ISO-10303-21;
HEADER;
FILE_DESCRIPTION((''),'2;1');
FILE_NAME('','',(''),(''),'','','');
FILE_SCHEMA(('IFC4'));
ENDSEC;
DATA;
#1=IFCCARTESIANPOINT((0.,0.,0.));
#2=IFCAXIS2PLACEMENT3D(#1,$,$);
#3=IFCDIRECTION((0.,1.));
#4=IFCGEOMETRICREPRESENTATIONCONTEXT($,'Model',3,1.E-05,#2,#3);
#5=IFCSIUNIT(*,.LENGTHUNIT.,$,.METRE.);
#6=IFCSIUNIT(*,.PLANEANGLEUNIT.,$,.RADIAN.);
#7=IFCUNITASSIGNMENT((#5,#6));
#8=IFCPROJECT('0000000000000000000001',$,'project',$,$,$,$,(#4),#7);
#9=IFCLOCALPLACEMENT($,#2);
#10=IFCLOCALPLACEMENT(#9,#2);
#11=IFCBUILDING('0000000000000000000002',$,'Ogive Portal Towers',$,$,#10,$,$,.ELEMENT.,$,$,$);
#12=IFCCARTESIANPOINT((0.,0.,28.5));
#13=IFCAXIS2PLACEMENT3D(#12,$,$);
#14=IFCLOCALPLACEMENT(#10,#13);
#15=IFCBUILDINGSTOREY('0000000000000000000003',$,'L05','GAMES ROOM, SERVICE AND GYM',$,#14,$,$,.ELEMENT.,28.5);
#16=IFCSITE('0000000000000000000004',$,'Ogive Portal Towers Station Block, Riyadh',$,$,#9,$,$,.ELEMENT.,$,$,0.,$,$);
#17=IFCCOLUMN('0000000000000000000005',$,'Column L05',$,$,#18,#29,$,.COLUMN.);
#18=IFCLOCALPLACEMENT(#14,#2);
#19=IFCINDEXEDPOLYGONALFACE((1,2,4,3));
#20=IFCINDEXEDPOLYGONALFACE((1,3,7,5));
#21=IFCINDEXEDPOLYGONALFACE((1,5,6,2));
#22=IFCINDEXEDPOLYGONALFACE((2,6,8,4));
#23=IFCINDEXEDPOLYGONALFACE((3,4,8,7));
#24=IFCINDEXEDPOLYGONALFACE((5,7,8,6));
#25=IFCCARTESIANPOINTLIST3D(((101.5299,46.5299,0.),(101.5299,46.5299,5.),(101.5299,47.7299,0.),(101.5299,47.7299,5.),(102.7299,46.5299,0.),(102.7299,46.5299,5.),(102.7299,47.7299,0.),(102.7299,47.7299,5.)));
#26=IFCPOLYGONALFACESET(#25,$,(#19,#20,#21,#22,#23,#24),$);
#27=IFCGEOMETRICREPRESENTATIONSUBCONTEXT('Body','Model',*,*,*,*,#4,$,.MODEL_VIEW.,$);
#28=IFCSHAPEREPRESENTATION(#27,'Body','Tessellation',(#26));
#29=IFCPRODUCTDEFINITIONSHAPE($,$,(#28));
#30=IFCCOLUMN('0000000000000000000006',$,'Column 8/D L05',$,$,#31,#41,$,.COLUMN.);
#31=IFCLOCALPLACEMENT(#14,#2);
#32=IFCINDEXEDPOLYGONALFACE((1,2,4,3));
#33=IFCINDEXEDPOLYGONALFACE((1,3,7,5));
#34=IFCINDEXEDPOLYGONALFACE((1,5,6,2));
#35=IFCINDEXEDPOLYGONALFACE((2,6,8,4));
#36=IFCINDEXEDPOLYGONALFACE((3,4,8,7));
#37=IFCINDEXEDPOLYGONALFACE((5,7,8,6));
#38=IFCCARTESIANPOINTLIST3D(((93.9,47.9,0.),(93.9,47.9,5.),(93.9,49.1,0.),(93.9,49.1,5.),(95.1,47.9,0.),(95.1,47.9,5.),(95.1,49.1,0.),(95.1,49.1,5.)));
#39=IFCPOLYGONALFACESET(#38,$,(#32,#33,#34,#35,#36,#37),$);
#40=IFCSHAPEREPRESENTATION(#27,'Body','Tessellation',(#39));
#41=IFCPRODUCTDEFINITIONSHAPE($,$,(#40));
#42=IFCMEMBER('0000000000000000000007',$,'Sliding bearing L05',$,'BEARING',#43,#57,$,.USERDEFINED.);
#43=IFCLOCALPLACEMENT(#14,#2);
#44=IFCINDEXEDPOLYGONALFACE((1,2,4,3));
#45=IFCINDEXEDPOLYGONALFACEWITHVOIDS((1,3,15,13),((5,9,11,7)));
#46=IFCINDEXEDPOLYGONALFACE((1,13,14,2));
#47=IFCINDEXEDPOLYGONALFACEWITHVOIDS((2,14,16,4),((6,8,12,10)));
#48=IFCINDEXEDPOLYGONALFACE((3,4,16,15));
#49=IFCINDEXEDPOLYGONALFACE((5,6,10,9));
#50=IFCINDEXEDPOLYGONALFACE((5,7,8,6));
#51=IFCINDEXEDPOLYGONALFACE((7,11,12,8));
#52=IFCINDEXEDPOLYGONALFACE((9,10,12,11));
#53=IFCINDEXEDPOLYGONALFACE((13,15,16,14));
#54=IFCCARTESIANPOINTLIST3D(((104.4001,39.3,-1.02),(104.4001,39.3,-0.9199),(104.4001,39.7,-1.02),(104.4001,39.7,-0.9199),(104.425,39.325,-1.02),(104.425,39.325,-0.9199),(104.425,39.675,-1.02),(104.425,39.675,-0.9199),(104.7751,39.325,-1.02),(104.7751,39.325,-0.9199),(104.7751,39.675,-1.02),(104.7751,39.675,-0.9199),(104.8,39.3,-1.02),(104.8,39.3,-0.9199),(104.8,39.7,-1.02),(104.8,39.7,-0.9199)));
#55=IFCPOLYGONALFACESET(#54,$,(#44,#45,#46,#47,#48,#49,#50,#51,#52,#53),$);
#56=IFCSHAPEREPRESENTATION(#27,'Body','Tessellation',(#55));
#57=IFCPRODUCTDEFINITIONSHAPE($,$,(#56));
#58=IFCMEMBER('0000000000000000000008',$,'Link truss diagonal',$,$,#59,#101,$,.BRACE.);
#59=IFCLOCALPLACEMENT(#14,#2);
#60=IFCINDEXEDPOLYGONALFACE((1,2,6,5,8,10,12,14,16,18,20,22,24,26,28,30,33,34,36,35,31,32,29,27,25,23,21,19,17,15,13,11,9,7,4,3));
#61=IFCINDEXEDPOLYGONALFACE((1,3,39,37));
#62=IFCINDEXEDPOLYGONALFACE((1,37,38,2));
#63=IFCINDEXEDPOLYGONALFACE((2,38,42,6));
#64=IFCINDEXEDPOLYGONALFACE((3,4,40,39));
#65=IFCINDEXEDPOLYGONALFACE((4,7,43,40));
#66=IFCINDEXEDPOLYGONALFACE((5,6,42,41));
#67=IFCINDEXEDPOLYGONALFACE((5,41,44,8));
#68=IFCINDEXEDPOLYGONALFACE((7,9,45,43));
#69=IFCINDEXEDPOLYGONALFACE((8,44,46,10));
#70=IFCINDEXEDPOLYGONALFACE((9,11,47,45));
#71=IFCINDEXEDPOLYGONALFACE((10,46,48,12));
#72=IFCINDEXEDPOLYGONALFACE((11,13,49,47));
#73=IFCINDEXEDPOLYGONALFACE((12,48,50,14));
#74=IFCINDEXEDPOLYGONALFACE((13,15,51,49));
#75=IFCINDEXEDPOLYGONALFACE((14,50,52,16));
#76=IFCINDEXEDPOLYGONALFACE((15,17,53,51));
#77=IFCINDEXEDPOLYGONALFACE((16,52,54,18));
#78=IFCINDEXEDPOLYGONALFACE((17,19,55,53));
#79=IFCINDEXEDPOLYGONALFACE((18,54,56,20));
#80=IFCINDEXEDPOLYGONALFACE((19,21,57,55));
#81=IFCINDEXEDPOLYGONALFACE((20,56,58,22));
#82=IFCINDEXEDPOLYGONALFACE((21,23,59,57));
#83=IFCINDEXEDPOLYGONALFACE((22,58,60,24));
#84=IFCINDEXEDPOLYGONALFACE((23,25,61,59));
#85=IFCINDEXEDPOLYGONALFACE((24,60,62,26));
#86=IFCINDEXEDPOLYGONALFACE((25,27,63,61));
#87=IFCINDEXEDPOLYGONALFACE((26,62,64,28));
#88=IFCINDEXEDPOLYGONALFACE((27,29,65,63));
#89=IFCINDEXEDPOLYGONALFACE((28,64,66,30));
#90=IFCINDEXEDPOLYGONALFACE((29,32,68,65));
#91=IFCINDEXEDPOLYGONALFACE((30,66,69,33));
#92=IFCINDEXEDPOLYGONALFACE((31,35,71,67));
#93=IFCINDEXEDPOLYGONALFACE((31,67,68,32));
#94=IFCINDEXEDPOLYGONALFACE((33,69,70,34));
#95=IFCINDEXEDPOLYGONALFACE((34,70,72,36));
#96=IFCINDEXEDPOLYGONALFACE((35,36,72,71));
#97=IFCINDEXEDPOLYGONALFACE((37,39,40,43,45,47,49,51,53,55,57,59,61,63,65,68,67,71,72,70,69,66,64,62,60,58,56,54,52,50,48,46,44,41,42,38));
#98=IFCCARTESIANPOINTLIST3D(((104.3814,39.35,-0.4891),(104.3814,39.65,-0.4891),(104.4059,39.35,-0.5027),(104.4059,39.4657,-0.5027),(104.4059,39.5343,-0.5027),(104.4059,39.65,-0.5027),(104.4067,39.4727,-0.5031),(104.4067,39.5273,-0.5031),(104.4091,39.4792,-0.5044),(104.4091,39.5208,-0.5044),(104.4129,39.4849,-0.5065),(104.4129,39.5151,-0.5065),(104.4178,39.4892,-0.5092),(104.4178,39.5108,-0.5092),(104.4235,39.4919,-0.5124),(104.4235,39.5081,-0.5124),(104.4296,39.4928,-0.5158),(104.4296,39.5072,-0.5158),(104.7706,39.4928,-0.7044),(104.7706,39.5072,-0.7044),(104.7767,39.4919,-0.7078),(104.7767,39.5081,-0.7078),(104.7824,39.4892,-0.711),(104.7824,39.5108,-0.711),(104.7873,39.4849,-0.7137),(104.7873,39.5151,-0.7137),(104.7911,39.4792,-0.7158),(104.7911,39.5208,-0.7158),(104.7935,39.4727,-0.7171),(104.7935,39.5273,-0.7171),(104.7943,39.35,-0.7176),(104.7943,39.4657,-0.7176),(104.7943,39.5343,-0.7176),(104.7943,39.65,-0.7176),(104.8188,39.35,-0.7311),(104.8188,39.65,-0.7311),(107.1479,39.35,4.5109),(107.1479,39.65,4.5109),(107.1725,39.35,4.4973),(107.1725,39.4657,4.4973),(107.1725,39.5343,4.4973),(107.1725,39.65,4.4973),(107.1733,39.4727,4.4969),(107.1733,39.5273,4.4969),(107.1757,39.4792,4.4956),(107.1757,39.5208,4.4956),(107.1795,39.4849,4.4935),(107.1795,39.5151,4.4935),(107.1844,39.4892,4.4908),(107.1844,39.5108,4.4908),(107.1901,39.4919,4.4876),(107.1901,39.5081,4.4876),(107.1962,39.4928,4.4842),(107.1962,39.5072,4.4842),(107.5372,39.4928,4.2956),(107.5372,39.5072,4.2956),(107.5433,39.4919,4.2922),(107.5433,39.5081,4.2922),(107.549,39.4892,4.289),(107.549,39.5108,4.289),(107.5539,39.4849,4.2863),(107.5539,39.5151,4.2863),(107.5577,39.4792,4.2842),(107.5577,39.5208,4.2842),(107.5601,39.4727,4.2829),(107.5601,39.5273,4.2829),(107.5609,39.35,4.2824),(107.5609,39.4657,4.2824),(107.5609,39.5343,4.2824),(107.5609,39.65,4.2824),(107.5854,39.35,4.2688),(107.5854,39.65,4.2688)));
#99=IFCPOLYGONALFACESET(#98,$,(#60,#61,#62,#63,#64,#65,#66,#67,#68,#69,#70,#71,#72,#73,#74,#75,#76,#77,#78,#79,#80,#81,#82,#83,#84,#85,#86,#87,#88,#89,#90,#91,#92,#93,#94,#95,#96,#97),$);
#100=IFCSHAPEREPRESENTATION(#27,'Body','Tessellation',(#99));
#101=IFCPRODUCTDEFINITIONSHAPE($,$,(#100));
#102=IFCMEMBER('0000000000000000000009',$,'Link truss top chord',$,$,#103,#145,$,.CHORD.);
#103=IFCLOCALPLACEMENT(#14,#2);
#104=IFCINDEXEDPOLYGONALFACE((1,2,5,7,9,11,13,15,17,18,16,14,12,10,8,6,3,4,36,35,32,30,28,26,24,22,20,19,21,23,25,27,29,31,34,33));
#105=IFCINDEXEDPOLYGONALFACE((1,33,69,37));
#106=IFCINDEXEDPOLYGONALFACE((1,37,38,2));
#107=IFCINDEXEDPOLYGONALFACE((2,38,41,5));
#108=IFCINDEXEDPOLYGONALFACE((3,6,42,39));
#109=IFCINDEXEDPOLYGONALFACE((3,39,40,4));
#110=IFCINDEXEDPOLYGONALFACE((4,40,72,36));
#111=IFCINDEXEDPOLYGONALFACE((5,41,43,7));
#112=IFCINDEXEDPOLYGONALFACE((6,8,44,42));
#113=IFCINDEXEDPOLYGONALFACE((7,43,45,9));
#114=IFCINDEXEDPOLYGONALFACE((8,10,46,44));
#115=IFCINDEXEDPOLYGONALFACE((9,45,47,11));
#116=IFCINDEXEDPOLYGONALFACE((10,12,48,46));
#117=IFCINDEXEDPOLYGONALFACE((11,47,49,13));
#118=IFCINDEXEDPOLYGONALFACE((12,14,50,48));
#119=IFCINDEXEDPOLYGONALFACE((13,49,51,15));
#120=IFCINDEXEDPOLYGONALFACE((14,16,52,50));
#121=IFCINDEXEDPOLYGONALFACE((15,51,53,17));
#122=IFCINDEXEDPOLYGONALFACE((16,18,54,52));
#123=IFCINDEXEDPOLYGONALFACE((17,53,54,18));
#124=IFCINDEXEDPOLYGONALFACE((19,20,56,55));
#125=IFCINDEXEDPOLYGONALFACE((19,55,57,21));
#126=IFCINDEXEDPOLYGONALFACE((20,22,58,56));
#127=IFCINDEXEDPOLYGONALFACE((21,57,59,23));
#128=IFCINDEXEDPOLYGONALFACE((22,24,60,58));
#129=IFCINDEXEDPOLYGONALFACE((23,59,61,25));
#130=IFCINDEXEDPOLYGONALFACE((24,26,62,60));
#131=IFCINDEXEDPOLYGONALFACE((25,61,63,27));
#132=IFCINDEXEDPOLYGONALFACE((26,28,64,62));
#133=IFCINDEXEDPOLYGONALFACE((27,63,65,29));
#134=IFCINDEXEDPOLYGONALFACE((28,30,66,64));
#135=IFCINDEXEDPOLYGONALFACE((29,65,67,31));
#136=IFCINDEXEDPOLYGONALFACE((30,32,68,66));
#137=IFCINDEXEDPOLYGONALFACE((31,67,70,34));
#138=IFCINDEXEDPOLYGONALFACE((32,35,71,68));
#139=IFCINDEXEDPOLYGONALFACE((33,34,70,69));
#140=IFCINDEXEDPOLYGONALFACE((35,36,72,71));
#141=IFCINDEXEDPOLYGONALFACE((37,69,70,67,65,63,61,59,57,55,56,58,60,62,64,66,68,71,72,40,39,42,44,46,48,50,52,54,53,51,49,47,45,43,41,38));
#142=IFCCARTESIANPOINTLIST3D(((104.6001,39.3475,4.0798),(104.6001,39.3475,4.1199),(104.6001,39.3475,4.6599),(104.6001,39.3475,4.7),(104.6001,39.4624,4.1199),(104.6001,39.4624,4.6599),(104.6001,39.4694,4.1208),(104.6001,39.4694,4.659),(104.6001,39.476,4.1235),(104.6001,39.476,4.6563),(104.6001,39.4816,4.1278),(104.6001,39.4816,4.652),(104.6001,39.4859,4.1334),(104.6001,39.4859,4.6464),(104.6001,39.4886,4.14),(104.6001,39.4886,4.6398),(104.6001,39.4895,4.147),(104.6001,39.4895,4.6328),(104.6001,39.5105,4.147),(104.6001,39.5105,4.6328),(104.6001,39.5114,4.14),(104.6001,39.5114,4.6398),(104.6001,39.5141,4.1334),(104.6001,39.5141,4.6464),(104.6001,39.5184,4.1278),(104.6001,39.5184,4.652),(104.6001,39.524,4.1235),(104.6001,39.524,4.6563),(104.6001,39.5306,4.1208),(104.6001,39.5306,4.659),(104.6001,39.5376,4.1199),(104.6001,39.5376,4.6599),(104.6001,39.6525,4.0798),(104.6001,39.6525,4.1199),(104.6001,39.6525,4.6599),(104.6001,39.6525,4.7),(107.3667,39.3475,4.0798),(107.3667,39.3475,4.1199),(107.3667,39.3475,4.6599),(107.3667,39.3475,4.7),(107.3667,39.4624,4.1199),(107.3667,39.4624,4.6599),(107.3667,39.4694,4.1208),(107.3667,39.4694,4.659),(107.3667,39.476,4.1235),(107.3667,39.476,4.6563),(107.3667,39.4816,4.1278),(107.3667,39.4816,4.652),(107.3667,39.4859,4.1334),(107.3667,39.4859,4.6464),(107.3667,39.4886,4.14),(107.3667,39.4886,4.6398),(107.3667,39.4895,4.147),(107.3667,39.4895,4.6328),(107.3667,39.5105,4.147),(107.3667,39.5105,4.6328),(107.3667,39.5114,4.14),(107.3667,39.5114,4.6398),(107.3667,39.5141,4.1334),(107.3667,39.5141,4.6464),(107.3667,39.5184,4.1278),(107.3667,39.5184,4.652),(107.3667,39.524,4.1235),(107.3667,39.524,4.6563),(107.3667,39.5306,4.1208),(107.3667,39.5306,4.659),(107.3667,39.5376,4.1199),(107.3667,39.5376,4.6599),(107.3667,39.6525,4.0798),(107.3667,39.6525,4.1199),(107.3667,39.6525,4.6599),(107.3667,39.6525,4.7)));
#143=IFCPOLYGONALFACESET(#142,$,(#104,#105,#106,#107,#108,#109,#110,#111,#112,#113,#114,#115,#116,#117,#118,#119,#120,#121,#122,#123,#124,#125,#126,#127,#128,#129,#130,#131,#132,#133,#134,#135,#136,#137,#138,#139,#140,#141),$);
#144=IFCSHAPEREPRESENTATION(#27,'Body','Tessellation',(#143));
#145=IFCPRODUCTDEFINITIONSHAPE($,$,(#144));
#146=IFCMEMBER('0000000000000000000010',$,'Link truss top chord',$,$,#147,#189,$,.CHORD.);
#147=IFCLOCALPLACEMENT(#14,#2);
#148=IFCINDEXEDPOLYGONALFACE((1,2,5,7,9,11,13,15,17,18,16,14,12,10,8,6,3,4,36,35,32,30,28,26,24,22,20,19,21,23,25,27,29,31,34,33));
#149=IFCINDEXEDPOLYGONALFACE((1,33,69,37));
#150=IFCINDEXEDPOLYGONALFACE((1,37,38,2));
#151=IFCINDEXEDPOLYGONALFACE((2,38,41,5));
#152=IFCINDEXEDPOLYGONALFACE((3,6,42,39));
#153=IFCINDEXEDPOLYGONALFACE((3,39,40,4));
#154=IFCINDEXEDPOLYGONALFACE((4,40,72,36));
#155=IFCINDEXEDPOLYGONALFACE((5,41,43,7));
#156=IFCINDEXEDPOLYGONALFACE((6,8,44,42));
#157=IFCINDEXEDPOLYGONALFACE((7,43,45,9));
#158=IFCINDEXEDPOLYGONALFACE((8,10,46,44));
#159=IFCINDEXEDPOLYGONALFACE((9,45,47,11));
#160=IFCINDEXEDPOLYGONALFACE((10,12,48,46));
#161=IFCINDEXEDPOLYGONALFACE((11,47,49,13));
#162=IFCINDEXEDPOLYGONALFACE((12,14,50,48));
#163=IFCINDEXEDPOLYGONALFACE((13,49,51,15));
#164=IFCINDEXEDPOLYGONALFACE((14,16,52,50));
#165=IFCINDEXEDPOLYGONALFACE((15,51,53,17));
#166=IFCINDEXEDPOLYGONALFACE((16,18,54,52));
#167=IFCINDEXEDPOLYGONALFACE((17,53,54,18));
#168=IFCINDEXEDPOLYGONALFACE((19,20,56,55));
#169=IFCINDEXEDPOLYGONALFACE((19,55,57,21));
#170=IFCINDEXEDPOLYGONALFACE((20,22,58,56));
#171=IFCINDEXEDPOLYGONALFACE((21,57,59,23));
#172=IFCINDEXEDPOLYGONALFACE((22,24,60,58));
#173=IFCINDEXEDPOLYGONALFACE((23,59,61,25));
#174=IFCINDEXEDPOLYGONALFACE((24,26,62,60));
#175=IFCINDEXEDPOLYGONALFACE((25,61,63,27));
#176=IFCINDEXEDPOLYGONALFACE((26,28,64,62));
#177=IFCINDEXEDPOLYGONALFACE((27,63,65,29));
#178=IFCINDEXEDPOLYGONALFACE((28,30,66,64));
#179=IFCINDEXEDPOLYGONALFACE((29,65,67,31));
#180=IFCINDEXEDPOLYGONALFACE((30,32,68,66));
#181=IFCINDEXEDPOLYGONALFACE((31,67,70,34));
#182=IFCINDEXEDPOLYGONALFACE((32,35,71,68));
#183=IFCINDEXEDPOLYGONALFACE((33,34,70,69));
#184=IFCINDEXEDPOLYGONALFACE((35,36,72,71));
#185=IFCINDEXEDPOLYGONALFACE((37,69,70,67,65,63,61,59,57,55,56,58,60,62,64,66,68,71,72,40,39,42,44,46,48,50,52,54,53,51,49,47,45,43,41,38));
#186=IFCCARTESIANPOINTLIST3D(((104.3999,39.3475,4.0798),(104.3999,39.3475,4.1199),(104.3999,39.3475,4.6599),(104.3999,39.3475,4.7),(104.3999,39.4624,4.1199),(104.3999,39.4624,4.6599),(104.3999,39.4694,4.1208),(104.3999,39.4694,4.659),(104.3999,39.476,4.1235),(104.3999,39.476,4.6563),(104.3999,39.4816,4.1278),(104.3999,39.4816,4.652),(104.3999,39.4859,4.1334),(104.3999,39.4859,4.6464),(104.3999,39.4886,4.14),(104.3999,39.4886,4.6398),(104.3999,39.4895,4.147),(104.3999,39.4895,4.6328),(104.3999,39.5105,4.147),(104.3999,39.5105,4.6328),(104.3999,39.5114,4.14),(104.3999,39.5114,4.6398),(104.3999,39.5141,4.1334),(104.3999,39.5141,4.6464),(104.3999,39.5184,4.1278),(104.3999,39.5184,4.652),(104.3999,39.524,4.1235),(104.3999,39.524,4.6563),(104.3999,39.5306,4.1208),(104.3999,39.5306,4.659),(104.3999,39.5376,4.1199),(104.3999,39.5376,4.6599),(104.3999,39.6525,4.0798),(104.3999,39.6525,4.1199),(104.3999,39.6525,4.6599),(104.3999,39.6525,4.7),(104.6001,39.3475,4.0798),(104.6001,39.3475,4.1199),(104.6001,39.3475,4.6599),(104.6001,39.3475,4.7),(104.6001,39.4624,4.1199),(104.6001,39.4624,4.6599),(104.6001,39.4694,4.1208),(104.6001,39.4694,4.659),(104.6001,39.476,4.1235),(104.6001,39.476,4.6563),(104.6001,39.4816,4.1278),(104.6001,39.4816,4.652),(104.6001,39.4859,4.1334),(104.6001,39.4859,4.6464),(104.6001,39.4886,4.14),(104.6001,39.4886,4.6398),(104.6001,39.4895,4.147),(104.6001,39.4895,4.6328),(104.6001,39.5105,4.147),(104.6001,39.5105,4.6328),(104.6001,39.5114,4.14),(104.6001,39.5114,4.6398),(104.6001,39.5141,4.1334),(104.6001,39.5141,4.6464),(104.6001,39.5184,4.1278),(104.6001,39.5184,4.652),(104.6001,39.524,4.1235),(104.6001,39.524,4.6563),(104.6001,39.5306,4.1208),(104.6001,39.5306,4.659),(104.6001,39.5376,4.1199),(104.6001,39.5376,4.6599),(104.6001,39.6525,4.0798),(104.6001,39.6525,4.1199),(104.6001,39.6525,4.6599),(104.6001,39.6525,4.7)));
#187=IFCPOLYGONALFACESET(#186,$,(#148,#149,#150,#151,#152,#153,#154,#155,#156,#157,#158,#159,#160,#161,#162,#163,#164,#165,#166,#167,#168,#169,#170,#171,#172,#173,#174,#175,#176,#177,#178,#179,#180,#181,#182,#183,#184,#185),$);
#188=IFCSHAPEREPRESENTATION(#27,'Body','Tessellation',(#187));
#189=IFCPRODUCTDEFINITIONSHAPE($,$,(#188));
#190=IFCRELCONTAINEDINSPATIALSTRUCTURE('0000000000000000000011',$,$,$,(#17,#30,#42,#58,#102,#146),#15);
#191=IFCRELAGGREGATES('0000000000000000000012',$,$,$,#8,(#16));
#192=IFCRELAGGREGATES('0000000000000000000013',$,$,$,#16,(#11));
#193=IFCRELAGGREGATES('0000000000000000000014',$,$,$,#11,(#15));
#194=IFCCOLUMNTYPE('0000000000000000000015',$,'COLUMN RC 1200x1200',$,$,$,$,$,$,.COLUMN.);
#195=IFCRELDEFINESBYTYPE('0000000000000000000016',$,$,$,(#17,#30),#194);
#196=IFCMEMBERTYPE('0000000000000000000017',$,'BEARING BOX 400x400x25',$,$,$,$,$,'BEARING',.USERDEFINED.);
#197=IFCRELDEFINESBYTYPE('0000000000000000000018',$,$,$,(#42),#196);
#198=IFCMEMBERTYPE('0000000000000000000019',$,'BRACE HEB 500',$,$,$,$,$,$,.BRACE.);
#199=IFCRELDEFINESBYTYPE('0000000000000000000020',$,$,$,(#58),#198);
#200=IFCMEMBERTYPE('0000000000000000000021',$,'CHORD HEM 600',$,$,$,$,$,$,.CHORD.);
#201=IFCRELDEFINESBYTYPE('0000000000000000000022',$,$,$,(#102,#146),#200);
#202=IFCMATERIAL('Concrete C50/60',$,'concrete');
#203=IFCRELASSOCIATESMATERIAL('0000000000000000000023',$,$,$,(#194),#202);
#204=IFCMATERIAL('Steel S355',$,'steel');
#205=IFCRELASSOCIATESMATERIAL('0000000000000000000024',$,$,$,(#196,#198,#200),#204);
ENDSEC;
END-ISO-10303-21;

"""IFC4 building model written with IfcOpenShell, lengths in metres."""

from ifc_helpers import new_model, si_unit, direction, frame, origin, origin_2d, place, context, subcontext, project, spatial, rectangle, hollow_rectangle, i_section, extrude, material, material_profile, profile_set, type_object, element, save


model = new_model("IFC4")

# Units and contexts
model_context = context("Model", 3, precision=1e-05, world=origin(), true_north=direction((0.0, 1.0)))
body_context = subcontext(model_context, "Body", "Model", "MODEL_VIEW")
ifc_project = project(units=[si_unit("LENGTHUNIT", "METRE"), si_unit("PLANEANGLEUNIT", "RADIAN")], contexts=[model_context])

# Site, building, storey
site_placement = place(None, origin())
site = spatial("IfcSite", under=ifc_project, at=site_placement, Name="Ogive Portal Towers Station Block, Riyadh", CompositionType="ELEMENT", RefElevation=0.0)
building_placement = place(site_placement, origin())
building = spatial("IfcBuilding", under=site, at=building_placement, Name="Ogive Portal Towers", CompositionType="ELEMENT")
storey_placement = place(building_placement, frame((0.0, 0.0, 28.5)))
storey = spatial("IfcBuildingStorey", under=building, at=storey_placement, Name="L05", Description="GAMES ROOM, SERVICE AND GYM", CompositionType="ELEMENT", Elevation=28.5)

# Columns
ifc_material_1 = material(Name="Concrete C50/60", Category="concrete")
ifc_material_profile_1 = material_profile(ifc_material_1, rectangle(XDim=1.2, YDim=1.2, at=origin_2d()), Name="RC 1200x1200")
ifc_profile_set_1 = profile_set([ifc_material_profile_1], Name="Concrete C50/60")
column_type = type_object("IfcColumnType", Name="COLUMN RC 1200x1200", PredefinedType="COLUMN", material=ifc_profile_set_1)
for number, where, z_axis, x_axis, name in (
    (1, (102.1299, 47.1299, 0.0), (0.0, 0.0, 1.0), (1.0, 0.0, 0.0), "Column L05"),
    (2, (94.5, 48.5, 0.0), (0.0, 0.0, 1.0), (1.0, 0.0, 0.0), "Column 8/D L05"),
):
    element("IfcColumn", number, at=place(storey_placement, frame(where, z_axis=z_axis, x_axis=x_axis)), inside=storey, type_object=column_type, Name=name, PredefinedType="COLUMN", context=body_context, shape_type="SweptSolid", body=[
        extrude(rectangle(XDim=1.2, YDim=1.2, at=origin_2d()), origin(), (0.0, 0.0, 1.0), 5.0),
    ])

# Members
ifc_material_2 = material(Name="Steel S355", Category="steel")
ifc_material_profile_2 = material_profile(ifc_material_2, hollow_rectangle(XDim=0.3999, YDim=0.3999, WallThickness=0.0249, at=origin_2d()), Name="BOX 400x400x25")
ifc_profile_set_2 = profile_set([ifc_material_profile_2], Name="Steel S355")
member_type_1 = type_object("IfcMemberType", Name="BEARING BOX 400x400x25", ElementType="BEARING", PredefinedType="USERDEFINED", material=ifc_profile_set_2)
member_1_placement = place(storey_placement, frame((104.6001, 39.5, -1.02), z_axis=(0.0, 0.0, 1.0), x_axis=(1.0, 0.0, 0.0)))
element("IfcMember", 3, at=member_1_placement, inside=storey, type_object=member_type_1, Name="Sliding bearing L05", ObjectType="BEARING", PredefinedType="USERDEFINED", context=body_context, shape_type="SweptSolid", body=[
    extrude(hollow_rectangle(XDim=0.3999, YDim=0.3999, WallThickness=0.0249, at=origin_2d()), origin(), (0.0, 0.0, 1.0), 0.1001),
])
ifc_material_profile_3 = material_profile(ifc_material_2, i_section(OverallWidth=0.3, OverallDepth=0.5, WebThickness=0.0144, FlangeThickness=0.0281, FilletRadius=0.0271, at=origin_2d()), Name="HEB 500")
ifc_profile_set_3 = profile_set([ifc_material_profile_3], Name="Steel S355")
member_type_2 = type_object("IfcMemberType", Name="BRACE HEB 500", PredefinedType="BRACE", material=ifc_profile_set_3)
member_2_placement = place(storey_placement, frame((104.6001, 39.5, -0.6101), z_axis=(0.484148, 0.0, 0.874986), x_axis=(0.0, 1.0, 0.0)))
element("IfcMember", 4, at=member_2_placement, inside=storey, type_object=member_type_2, Name="Link truss diagonal", PredefinedType="BRACE", context=body_context, shape_type="SweptSolid", body=[
    extrude(i_section(OverallWidth=0.3, OverallDepth=0.5, WebThickness=0.0144, FlangeThickness=0.0281, FilletRadius=0.0271, at=origin_2d()), origin(), (0.0, 0.0, 1.0), 5.7144),
])
ifc_material_profile_4 = material_profile(ifc_material_2, i_section(OverallWidth=0.3049, OverallDepth=0.6201, WebThickness=0.021, FlangeThickness=0.04, FilletRadius=0.0271, at=origin_2d()), Name="HEM 600")
ifc_profile_set_4 = profile_set([ifc_material_profile_4], Name="Steel S355")
member_type_3 = type_object("IfcMemberType", Name="CHORD HEM 600", PredefinedType="CHORD", material=ifc_profile_set_4)
member_3_placement = place(storey_placement, frame((104.6001, 39.5, 4.3899), z_axis=(1.0, 0.0, 0.0), x_axis=(0.0, 1.0, 0.0)))
element("IfcMember", 5, at=member_3_placement, inside=storey, type_object=member_type_3, Name="Link truss top chord", PredefinedType="CHORD", context=body_context, shape_type="SweptSolid", body=[
    extrude(i_section(OverallWidth=0.3049, OverallDepth=0.6201, WebThickness=0.021, FlangeThickness=0.04, FilletRadius=0.0271, at=origin_2d()), origin(), (0.0, 0.0, 1.0), 2.7666),
])
member_4_placement = place(storey_placement, frame((104.3999, 39.5, 4.3899), z_axis=(1.0, 0.0, 0.0), x_axis=(0.0, 1.0, 0.0)))
element("IfcMember", 6, at=member_4_placement, inside=storey, type_object=member_type_3, Name="Link truss top chord", PredefinedType="CHORD", context=body_context, shape_type="SweptSolid", body=[
    extrude(i_section(OverallWidth=0.3049, OverallDepth=0.6201, WebThickness=0.021, FlangeThickness=0.04, FilletRadius=0.0271, at=origin_2d()), origin(), (0.0, 0.0, 1.0), 0.2002),
])

save(model, "model.ifc")
